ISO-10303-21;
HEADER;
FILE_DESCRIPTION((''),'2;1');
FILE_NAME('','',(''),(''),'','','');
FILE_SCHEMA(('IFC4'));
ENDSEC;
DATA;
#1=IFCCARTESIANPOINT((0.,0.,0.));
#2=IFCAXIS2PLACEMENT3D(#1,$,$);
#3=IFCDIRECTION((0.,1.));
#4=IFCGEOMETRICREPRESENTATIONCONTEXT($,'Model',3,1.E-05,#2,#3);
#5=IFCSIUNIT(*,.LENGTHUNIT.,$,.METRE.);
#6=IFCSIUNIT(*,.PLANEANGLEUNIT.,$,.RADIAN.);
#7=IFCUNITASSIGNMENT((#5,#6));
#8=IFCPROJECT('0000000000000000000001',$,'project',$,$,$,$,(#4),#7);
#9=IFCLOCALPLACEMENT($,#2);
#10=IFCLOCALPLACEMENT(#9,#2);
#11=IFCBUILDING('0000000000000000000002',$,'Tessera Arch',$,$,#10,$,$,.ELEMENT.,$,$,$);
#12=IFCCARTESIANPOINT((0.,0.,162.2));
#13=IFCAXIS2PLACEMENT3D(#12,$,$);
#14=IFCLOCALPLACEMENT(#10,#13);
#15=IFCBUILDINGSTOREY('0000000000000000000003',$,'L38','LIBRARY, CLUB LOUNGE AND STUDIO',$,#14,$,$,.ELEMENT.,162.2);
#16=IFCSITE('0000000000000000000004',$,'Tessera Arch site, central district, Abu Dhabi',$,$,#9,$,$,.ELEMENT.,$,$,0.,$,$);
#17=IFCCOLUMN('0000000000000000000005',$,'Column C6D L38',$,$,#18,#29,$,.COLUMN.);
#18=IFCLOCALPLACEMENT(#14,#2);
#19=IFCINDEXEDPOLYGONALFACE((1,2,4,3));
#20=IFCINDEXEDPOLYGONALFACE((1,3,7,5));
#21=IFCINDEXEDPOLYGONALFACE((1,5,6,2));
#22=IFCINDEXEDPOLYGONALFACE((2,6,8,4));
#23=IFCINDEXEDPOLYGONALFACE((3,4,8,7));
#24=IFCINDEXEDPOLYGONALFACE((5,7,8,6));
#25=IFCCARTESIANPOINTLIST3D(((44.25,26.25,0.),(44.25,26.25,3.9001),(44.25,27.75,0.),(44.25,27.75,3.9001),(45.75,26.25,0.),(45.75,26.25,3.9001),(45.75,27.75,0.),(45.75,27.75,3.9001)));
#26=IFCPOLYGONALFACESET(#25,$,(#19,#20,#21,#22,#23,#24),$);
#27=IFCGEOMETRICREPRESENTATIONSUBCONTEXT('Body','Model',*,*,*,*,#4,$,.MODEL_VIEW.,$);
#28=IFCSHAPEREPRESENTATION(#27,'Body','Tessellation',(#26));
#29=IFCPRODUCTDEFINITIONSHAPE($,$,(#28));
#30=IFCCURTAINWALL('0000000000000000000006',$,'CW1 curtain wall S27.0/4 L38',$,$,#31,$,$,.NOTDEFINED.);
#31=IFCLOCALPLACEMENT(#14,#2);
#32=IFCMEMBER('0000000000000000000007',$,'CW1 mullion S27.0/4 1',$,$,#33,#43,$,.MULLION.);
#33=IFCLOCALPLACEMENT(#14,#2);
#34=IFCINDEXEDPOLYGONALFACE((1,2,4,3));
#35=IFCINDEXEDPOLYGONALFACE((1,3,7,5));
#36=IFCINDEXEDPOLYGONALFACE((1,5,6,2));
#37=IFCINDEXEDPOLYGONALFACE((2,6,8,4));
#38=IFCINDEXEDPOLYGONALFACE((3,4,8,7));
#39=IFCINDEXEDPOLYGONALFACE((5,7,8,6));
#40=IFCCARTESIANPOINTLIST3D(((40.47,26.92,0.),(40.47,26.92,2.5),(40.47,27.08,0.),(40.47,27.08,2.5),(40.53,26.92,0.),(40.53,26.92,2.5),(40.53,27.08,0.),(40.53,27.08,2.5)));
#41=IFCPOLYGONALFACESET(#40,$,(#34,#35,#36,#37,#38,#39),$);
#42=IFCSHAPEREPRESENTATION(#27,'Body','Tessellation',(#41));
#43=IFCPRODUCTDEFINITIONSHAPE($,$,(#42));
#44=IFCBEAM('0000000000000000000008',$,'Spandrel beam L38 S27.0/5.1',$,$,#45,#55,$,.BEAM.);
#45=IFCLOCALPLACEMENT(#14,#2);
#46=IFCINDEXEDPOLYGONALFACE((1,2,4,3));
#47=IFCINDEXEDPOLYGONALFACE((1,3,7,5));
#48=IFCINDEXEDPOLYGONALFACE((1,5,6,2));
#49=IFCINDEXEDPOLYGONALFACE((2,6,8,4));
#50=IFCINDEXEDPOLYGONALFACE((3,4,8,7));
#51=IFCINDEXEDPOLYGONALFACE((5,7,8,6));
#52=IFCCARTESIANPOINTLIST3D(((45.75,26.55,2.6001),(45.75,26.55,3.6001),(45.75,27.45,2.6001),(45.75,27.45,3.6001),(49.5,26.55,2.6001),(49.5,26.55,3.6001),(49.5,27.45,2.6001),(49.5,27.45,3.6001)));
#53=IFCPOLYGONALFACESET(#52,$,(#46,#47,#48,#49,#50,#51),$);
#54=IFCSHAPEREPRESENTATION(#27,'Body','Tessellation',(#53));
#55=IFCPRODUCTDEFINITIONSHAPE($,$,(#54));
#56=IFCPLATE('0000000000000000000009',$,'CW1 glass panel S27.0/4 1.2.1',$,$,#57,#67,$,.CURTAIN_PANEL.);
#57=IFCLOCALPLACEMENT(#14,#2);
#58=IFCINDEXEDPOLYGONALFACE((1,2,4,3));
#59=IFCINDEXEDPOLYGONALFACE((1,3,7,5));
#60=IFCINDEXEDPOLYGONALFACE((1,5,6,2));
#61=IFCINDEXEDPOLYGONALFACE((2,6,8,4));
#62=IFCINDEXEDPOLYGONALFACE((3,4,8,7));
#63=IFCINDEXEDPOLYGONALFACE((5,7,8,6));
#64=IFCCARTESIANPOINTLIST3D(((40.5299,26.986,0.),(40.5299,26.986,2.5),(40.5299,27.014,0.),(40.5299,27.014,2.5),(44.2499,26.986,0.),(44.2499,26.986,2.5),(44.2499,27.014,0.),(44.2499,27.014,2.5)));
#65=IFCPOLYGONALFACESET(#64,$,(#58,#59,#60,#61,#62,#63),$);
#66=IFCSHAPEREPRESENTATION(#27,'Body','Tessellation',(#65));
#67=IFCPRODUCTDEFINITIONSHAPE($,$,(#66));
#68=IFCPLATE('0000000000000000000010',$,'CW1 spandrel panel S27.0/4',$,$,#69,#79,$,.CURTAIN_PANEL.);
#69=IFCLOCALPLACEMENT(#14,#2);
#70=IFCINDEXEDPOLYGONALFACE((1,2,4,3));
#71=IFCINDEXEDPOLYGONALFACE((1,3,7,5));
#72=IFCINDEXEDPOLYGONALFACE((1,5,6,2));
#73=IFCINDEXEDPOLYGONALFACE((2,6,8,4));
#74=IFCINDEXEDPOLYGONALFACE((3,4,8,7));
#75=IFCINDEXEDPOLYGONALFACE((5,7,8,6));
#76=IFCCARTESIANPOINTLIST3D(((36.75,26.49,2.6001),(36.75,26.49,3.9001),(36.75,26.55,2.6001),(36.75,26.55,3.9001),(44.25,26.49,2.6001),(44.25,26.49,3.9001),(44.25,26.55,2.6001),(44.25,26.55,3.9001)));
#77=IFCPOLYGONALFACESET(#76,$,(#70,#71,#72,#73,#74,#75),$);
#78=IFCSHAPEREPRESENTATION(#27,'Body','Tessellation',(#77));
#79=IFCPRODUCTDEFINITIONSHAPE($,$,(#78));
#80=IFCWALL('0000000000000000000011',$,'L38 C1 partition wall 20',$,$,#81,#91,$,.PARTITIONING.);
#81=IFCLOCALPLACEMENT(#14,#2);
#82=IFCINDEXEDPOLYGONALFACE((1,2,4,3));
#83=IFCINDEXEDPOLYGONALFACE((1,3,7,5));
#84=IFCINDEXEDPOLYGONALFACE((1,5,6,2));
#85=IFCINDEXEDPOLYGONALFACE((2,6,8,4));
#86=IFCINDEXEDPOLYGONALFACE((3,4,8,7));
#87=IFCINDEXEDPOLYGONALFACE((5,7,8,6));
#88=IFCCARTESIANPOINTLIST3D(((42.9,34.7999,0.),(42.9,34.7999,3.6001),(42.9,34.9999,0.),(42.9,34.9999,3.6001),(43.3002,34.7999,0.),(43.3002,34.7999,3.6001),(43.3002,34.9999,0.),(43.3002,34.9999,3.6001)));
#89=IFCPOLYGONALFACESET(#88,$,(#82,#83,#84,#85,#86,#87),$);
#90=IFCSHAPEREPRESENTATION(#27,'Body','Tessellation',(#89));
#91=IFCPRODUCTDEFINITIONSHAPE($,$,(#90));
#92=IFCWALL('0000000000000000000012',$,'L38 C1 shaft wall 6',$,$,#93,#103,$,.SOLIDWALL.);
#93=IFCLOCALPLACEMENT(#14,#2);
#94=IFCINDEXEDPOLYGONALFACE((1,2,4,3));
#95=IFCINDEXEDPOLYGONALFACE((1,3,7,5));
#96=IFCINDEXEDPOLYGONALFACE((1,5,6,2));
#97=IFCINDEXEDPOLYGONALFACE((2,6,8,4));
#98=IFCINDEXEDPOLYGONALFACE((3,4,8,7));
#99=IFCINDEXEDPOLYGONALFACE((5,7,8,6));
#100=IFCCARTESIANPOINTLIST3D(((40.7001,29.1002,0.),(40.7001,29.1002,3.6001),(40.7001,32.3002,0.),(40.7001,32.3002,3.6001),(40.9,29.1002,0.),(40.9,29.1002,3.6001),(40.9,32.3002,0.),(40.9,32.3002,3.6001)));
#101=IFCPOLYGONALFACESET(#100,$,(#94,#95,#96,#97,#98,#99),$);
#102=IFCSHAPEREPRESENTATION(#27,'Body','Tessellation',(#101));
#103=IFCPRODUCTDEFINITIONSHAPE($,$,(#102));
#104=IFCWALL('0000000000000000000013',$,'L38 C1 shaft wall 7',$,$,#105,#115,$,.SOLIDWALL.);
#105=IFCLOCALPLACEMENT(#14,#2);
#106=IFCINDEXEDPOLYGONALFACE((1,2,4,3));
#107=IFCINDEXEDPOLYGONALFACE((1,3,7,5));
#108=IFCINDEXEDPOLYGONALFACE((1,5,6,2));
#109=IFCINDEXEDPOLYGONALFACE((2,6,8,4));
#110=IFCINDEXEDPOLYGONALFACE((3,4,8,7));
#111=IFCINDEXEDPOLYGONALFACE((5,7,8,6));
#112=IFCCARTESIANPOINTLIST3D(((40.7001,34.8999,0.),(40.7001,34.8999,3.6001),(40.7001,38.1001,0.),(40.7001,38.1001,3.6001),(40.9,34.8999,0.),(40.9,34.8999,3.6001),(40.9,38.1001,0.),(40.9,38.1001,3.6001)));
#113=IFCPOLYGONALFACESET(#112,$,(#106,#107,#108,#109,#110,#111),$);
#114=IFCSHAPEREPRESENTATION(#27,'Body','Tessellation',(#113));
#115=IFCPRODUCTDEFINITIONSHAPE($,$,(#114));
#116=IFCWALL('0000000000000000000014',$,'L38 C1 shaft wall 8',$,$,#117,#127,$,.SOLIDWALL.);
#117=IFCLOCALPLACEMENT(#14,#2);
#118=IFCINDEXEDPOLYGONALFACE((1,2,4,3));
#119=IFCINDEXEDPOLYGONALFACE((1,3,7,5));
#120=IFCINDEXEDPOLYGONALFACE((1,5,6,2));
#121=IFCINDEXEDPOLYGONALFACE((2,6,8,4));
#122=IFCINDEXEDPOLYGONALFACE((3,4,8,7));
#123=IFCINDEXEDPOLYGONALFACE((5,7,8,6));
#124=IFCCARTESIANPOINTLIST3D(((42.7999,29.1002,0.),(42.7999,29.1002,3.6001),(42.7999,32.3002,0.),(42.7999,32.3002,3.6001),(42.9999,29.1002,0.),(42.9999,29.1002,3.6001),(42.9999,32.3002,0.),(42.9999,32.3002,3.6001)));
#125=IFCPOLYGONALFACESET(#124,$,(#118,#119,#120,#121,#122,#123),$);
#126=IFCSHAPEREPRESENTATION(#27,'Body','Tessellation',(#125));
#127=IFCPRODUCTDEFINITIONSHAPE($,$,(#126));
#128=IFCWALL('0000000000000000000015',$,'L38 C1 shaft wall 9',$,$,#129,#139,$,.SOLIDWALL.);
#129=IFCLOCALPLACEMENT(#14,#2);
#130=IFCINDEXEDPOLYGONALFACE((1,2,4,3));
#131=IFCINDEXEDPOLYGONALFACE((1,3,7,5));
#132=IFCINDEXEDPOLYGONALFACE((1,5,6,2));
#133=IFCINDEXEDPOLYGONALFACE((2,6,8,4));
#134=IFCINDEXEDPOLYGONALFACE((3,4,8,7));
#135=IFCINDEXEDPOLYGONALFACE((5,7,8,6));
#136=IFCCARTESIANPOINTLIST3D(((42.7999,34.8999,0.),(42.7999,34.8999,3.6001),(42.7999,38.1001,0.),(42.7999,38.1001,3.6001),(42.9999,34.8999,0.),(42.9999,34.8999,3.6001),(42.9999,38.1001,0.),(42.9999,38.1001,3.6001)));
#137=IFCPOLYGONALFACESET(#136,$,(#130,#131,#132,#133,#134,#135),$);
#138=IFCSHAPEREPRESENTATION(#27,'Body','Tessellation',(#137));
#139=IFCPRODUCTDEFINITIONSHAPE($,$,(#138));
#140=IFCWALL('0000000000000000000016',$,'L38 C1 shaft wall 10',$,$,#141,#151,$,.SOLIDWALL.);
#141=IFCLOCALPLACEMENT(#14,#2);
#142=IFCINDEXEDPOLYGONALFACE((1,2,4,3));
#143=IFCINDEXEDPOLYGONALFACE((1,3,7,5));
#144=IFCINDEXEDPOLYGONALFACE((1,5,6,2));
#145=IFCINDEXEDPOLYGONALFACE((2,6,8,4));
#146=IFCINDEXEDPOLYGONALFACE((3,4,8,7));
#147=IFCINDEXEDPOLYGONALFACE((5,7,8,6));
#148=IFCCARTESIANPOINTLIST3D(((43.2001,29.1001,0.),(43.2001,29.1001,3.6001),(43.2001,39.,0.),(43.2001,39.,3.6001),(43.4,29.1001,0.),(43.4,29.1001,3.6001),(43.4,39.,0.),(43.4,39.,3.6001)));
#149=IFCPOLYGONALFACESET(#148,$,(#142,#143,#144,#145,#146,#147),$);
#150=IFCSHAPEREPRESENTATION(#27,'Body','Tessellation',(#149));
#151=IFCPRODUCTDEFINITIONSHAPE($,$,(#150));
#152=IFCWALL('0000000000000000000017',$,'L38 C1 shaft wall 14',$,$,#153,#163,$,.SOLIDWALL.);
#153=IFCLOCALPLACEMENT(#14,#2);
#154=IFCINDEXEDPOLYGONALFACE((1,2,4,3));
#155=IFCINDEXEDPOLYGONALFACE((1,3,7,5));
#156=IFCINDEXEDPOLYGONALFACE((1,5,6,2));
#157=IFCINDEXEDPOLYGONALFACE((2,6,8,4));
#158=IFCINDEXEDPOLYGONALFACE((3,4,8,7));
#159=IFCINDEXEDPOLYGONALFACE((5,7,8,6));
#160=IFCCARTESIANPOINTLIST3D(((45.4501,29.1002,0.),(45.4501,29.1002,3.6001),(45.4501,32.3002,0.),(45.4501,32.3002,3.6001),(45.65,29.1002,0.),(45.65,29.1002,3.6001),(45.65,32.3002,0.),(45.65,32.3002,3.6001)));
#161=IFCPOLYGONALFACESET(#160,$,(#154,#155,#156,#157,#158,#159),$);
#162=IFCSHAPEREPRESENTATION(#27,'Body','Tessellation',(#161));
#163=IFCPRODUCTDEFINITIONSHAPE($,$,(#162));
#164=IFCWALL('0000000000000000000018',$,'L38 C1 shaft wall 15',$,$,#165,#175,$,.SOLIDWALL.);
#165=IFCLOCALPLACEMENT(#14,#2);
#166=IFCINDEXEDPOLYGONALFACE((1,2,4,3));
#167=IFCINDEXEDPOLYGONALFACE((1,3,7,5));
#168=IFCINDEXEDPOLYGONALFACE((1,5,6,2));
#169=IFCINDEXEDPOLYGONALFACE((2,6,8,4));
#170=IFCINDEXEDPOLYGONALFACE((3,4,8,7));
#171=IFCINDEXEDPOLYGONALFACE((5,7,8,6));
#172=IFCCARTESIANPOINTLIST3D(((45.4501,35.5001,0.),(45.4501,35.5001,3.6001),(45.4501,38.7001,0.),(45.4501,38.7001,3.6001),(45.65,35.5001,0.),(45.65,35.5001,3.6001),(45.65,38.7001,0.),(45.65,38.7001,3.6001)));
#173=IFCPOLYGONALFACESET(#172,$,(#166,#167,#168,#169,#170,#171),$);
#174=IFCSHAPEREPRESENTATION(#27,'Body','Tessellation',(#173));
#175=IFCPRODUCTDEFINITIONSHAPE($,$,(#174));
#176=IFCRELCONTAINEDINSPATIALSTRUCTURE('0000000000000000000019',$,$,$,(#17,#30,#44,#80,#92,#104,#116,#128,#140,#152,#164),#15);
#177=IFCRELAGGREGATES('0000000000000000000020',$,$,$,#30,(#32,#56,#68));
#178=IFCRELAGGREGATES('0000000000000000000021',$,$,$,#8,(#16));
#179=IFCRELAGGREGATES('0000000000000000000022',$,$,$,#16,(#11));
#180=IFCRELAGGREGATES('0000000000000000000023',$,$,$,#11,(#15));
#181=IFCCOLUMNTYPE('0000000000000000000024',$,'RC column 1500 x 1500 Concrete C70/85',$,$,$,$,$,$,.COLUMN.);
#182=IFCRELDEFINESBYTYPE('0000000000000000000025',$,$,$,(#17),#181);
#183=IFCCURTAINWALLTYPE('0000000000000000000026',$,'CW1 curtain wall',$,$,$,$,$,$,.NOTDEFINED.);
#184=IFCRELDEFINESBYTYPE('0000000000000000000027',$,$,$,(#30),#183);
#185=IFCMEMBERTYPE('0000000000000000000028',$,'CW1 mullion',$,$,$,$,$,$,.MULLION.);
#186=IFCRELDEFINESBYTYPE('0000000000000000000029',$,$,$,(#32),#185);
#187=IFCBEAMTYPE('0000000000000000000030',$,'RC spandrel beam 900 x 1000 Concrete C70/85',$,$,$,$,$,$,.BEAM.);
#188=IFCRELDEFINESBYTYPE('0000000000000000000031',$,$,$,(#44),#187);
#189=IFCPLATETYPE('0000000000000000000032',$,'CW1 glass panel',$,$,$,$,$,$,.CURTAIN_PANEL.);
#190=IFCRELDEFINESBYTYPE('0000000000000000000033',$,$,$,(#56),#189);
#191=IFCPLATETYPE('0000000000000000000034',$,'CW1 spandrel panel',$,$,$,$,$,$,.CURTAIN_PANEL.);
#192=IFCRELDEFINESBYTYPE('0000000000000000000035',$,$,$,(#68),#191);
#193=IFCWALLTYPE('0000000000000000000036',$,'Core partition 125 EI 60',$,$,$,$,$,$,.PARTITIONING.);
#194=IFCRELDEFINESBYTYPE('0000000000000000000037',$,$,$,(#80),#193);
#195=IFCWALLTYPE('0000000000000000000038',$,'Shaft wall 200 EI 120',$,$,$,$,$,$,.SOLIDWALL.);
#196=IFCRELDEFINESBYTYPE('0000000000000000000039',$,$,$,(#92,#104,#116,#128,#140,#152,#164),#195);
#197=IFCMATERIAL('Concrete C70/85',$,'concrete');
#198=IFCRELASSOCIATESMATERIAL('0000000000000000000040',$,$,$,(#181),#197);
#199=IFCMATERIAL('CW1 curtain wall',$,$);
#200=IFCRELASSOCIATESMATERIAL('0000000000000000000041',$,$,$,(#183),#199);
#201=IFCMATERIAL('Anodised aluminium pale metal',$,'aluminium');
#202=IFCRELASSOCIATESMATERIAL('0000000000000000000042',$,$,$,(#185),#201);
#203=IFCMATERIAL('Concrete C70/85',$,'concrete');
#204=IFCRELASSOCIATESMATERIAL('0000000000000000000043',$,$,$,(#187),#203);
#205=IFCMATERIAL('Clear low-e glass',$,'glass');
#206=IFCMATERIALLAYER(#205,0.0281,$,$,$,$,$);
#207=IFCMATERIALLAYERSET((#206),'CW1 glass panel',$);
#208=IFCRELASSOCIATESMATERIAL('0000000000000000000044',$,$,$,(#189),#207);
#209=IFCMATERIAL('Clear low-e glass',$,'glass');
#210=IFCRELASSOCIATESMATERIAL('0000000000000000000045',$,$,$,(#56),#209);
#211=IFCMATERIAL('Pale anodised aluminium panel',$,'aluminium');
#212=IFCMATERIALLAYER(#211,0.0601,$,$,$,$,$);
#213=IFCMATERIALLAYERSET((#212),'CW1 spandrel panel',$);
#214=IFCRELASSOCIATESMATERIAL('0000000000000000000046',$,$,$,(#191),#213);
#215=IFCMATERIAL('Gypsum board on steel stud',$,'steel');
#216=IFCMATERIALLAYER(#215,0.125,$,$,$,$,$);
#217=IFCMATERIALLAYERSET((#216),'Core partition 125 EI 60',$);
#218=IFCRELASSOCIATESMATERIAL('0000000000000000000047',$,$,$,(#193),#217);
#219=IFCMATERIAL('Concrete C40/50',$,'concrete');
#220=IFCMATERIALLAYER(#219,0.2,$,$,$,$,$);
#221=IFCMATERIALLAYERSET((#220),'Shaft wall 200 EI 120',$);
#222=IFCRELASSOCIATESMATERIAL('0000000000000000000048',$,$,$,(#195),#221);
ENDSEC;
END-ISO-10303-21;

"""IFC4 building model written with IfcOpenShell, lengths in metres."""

from ifc_helpers import new_model, si_unit, direction, frame, frame_2d, origin, origin_2d, place, context, subcontext, project, spatial, rectangle, extrude, material, layer, layer_set, material_profile, profile_set, type_object, element, aggregate, save


model = new_model("IFC4")

# Units and contexts
model_context = context("Model", 3, precision=1e-05, world=origin(), true_north=direction((0.0, 1.0)))
body_context = subcontext(model_context, "Body", "Model", "MODEL_VIEW")
ifc_project = project(units=[si_unit("LENGTHUNIT", "METRE"), si_unit("PLANEANGLEUNIT", "RADIAN")], contexts=[model_context])

# Site, building, storey
site_placement = place(None, origin())
site = spatial("IfcSite", under=ifc_project, at=site_placement, Name="Tessera Arch site, central district, Abu Dhabi", CompositionType="ELEMENT", RefElevation=0.0)
building_placement = place(site_placement, origin())
building = spatial("IfcBuilding", under=site, at=building_placement, Name="Tessera Arch", CompositionType="ELEMENT")
storey_placement = place(building_placement, frame((0.0, 0.0, 162.2)))
storey = spatial("IfcBuildingStorey", under=building, at=storey_placement, Name="L38", Description="LIBRARY, CLUB LOUNGE AND STUDIO", CompositionType="ELEMENT", Elevation=162.2)

# Column
ifc_material_1 = material(Name="Concrete C70/85", Category="concrete")
ifc_material_profile_1 = material_profile(ifc_material_1, rectangle(XDim=1.5, YDim=1.5, at=origin_2d()), Name="RC column 1500 x 1500 Concrete C70/85")
ifc_profile_set_1 = profile_set([ifc_material_profile_1], Name="Concrete C70/85")
column_type = type_object("IfcColumnType", Name="RC column 1500 x 1500 Concrete C70/85", PredefinedType="COLUMN", material=ifc_profile_set_1)
column_placement = place(storey_placement, frame((45.0, 27.0, 0.0), z_axis=(0.0, 0.0, 1.0), x_axis=(1.0, 0.0, 0.0)))
element("IfcColumn", 1, at=column_placement, inside=storey, type_object=column_type, Name="Column C6D L38", PredefinedType="COLUMN", context=body_context, shape_type="SweptSolid", body=[
    extrude(rectangle(XDim=1.5, YDim=1.5, at=origin_2d()), origin(), (0.0, 0.0, 1.0), 3.9001),
])

# Curtain wall, member
ifc_material_2 = material(Name="CW1 curtain wall")
curtain_wall_type = type_object("IfcCurtainWallType", Name="CW1 curtain wall", PredefinedType="NOTDEFINED", material=ifc_material_2)
curtain_wall_placement = place(storey_placement, origin())
curtain_wall = element("IfcCurtainWall", 2, at=curtain_wall_placement, inside=storey, type_object=curtain_wall_type, Name="CW1 curtain wall S27.0/4 L38", PredefinedType="NOTDEFINED")
ifc_material_3 = material(Name="Anodised aluminium pale metal", Category="aluminium")
ifc_material_profile_2 = material_profile(ifc_material_3, rectangle(XDim=0.1599, YDim=0.0601, at=origin_2d()), Name="AL 60x160")
ifc_profile_set_2 = profile_set([ifc_material_profile_2], Name="Anodised aluminium pale metal")
member_type = type_object("IfcMemberType", Name="CW1 mullion", PredefinedType="MULLION", material=ifc_profile_set_2)
member_placement = place(storey_placement, frame((40.5, 27.0, 0.0), z_axis=(0.0, 0.0, 1.0), x_axis=(0.0, 1.0, 0.0)))
member = element("IfcMember", 3, at=member_placement, type_object=member_type, Name="CW1 mullion S27.0/4 1", PredefinedType="MULLION", context=body_context, shape_type="SweptSolid", body=[
    extrude(rectangle(XDim=0.1599, YDim=0.0601, at=origin_2d()), origin(), (0.0, 0.0, 1.0), 2.5),
])

# Beam
ifc_material_4 = material(Name="Concrete C70/85", Category="concrete")
ifc_material_profile_3 = material_profile(ifc_material_4, rectangle(XDim=0.8999, YDim=1.0, at=origin_2d()), Name="RC spandrel beam 900 x 1000 Concrete C70/85")
ifc_profile_set_3 = profile_set([ifc_material_profile_3], Name="Concrete C70/85")
beam_type = type_object("IfcBeamType", Name="RC spandrel beam 900 x 1000 Concrete C70/85", PredefinedType="BEAM", material=ifc_profile_set_3)
beam_placement = place(storey_placement, frame((45.75, 27.0, 3.1001), z_axis=(1.0, 0.0, 0.0), x_axis=(0.0, 1.0, 0.0)))
element("IfcBeam", 4, at=beam_placement, inside=storey, type_object=beam_type, Name="Spandrel beam L38 S27.0/5.1", PredefinedType="BEAM", context=body_context, shape_type="SweptSolid", body=[
    extrude(rectangle(XDim=0.8999, YDim=1.0, at=origin_2d()), origin(), (0.0, 0.0, 1.0), 3.75),
])

# Plates
ifc_material_5 = material(Name="Clear low-e glass", Category="glass")
ifc_material_6 = material(Name="Clear low-e glass", Category="glass")
ifc_layer_1 = layer(ifc_material_6, 0.0281)
ifc_layer_set_1 = layer_set([ifc_layer_1], Name="CW1 glass panel")
plate_type_1 = type_object("IfcPlateType", Name="CW1 glass panel", PredefinedType="CURTAIN_PANEL", material=ifc_layer_set_1)
plate_1_placement = place(storey_placement, frame((42.3899, 27.0, 0.0), z_axis=(0.0, 0.0, 1.0), x_axis=(1.0, 0.0, 0.0)))
plate_1 = element("IfcPlate", 5, at=plate_1_placement, type_object=plate_type_1, material=ifc_material_5, Name="CW1 glass panel S27.0/4 1.2.1", PredefinedType="CURTAIN_PANEL", context=body_context, shape_type="SweptSolid", body=[
    extrude(rectangle(XDim=3.72, YDim=0.0281, at=origin_2d()), origin(), (0.0, 0.0, 1.0), 2.5),
])
ifc_material_7 = material(Name="Pale anodised aluminium panel", Category="aluminium")
ifc_layer_2 = layer(ifc_material_7, 0.0601)
ifc_layer_set_2 = layer_set([ifc_layer_2], Name="CW1 spandrel panel")
plate_type_2 = type_object("IfcPlateType", Name="CW1 spandrel panel", PredefinedType="CURTAIN_PANEL", material=ifc_layer_set_2)
plate_2_placement = place(storey_placement, frame((40.5, 26.52, 2.6001), z_axis=(0.0, 0.0, 1.0), x_axis=(1.0, 0.0, 0.0)))
plate_2 = element("IfcPlate", 6, at=plate_2_placement, type_object=plate_type_2, Name="CW1 spandrel panel S27.0/4", PredefinedType="CURTAIN_PANEL", context=body_context, shape_type="SweptSolid", body=[
    extrude(rectangle(XDim=7.5, YDim=0.0601, at=origin_2d()), origin(), (0.0, 0.0, 1.0), 1.3),
])
aggregate(curtain_wall, [member, plate_1, plate_2])

# Walls
ifc_material_8 = material(Name="Gypsum board on steel stud", Category="steel")
ifc_layer_3 = layer(ifc_material_8, 0.125)
ifc_layer_set_3 = layer_set([ifc_layer_3], Name="Core partition 125 EI 60")
wall_type_1 = type_object("IfcWallType", Name="Core partition 125 EI 60", PredefinedType="PARTITIONING", material=ifc_layer_set_3)
wall_1_placement = place(storey_placement, frame((42.8999, 34.8999, 0.0), z_axis=(0.0, 0.0, 1.0), x_axis=(1.0, 0.0, 0.0)))
element("IfcWall", 7, at=wall_1_placement, inside=storey, type_object=wall_type_1, Name="L38 C1 partition wall 20", PredefinedType="PARTITIONING", context=body_context, shape_type="SweptSolid", body=[
    extrude(rectangle(XDim=0.4001, YDim=0.2, at=frame_2d((0.2002, 0.0))), origin(), (0.0, 0.0, 1.0), 3.6001),
])
ifc_material_9 = material(Name="Concrete C40/50", Category="concrete")
ifc_layer_4 = layer(ifc_material_9, 0.2)
ifc_layer_set_4 = layer_set([ifc_layer_4], Name="Shaft wall 200 EI 120")
wall_type_2 = type_object("IfcWallType", Name="Shaft wall 200 EI 120", PredefinedType="SOLIDWALL", material=ifc_layer_set_4)
wall_2_placement = place(storey_placement, frame((40.8, 29.1001, 0.0), z_axis=(0.0, 0.0, 1.0), x_axis=(0.0, 1.0, 0.0)))
element("IfcWall", 8, at=wall_2_placement, inside=storey, type_object=wall_type_2, Name="L38 C1 shaft wall 6", PredefinedType="SOLIDWALL", context=body_context, shape_type="SweptSolid", body=[
    extrude(rectangle(XDim=3.2, YDim=0.2, at=frame_2d((1.6001, 0.0))), origin(), (0.0, 0.0, 1.0), 3.6001),
])
wall_3_placement = place(storey_placement, frame((40.8, 34.8999, 0.0), z_axis=(0.0, 0.0, 1.0), x_axis=(0.0, 1.0, 0.0)))
element("IfcWall", 9, at=wall_3_placement, inside=storey, type_object=wall_type_2, Name="L38 C1 shaft wall 7", PredefinedType="SOLIDWALL", context=body_context, shape_type="SweptSolid", body=[
    extrude(rectangle(XDim=3.2002, YDim=0.2, at=frame_2d((1.6001, 0.0))), origin(), (0.0, 0.0, 1.0), 3.6001),
])
wall_4_placement = place(storey_placement, frame((42.8999, 29.1001, 0.0), z_axis=(0.0, 0.0, 1.0), x_axis=(0.0, 1.0, 0.0)))
element("IfcWall", 10, at=wall_4_placement, inside=storey, type_object=wall_type_2, Name="L38 C1 shaft wall 8", PredefinedType="SOLIDWALL", context=body_context, shape_type="SweptSolid", body=[
    extrude(rectangle(XDim=3.2, YDim=0.2, at=frame_2d((1.6001, 0.0))), origin(), (0.0, 0.0, 1.0), 3.6001),
])
wall_5_placement = place(storey_placement, frame((42.8999, 34.8999, 0.0), z_axis=(0.0, 0.0, 1.0), x_axis=(0.0, 1.0, 0.0)))
element("IfcWall", 11, at=wall_5_placement, inside=storey, type_object=wall_type_2, Name="L38 C1 shaft wall 9", PredefinedType="SOLIDWALL", context=body_context, shape_type="SweptSolid", body=[
    extrude(rectangle(XDim=3.2002, YDim=0.2, at=frame_2d((1.6001, 0.0))), origin(), (0.0, 0.0, 1.0), 3.6001),
])
wall_6_placement = place(storey_placement, frame((43.3, 29.1001, 0.0), z_axis=(0.0, 0.0, 1.0), x_axis=(0.0, 1.0, 0.0)))
element("IfcWall", 12, at=wall_6_placement, inside=storey, type_object=wall_type_2, Name="L38 C1 shaft wall 10", PredefinedType="SOLIDWALL", context=body_context, shape_type="SweptSolid", body=[
    extrude(rectangle(XDim=9.8999, YDim=0.2, at=frame_2d((4.95, 0.0))), origin(), (0.0, 0.0, 1.0), 3.6001),
])
for number, where, z_axis, x_axis, name in (
    (13, (45.55, 29.1001, 0.0), (0.0, 0.0, 1.0), (0.0, 1.0, 0.0), "L38 C1 shaft wall 14"),
    (14, (45.55, 35.5, 0.0), (0.0, 0.0, 1.0), (0.0, 1.0, 0.0), "L38 C1 shaft wall 15"),
):
    element("IfcWall", number, at=place(storey_placement, frame(where, z_axis=z_axis, x_axis=x_axis)), inside=storey, type_object=wall_type_2, Name=name, PredefinedType="SOLIDWALL", context=body_context, shape_type="SweptSolid", body=[
        extrude(rectangle(XDim=3.2, YDim=0.2, at=frame_2d((1.6001, 0.0))), origin(), (0.0, 0.0, 1.0), 3.6001),
    ])

save(model, "model.ifc")
